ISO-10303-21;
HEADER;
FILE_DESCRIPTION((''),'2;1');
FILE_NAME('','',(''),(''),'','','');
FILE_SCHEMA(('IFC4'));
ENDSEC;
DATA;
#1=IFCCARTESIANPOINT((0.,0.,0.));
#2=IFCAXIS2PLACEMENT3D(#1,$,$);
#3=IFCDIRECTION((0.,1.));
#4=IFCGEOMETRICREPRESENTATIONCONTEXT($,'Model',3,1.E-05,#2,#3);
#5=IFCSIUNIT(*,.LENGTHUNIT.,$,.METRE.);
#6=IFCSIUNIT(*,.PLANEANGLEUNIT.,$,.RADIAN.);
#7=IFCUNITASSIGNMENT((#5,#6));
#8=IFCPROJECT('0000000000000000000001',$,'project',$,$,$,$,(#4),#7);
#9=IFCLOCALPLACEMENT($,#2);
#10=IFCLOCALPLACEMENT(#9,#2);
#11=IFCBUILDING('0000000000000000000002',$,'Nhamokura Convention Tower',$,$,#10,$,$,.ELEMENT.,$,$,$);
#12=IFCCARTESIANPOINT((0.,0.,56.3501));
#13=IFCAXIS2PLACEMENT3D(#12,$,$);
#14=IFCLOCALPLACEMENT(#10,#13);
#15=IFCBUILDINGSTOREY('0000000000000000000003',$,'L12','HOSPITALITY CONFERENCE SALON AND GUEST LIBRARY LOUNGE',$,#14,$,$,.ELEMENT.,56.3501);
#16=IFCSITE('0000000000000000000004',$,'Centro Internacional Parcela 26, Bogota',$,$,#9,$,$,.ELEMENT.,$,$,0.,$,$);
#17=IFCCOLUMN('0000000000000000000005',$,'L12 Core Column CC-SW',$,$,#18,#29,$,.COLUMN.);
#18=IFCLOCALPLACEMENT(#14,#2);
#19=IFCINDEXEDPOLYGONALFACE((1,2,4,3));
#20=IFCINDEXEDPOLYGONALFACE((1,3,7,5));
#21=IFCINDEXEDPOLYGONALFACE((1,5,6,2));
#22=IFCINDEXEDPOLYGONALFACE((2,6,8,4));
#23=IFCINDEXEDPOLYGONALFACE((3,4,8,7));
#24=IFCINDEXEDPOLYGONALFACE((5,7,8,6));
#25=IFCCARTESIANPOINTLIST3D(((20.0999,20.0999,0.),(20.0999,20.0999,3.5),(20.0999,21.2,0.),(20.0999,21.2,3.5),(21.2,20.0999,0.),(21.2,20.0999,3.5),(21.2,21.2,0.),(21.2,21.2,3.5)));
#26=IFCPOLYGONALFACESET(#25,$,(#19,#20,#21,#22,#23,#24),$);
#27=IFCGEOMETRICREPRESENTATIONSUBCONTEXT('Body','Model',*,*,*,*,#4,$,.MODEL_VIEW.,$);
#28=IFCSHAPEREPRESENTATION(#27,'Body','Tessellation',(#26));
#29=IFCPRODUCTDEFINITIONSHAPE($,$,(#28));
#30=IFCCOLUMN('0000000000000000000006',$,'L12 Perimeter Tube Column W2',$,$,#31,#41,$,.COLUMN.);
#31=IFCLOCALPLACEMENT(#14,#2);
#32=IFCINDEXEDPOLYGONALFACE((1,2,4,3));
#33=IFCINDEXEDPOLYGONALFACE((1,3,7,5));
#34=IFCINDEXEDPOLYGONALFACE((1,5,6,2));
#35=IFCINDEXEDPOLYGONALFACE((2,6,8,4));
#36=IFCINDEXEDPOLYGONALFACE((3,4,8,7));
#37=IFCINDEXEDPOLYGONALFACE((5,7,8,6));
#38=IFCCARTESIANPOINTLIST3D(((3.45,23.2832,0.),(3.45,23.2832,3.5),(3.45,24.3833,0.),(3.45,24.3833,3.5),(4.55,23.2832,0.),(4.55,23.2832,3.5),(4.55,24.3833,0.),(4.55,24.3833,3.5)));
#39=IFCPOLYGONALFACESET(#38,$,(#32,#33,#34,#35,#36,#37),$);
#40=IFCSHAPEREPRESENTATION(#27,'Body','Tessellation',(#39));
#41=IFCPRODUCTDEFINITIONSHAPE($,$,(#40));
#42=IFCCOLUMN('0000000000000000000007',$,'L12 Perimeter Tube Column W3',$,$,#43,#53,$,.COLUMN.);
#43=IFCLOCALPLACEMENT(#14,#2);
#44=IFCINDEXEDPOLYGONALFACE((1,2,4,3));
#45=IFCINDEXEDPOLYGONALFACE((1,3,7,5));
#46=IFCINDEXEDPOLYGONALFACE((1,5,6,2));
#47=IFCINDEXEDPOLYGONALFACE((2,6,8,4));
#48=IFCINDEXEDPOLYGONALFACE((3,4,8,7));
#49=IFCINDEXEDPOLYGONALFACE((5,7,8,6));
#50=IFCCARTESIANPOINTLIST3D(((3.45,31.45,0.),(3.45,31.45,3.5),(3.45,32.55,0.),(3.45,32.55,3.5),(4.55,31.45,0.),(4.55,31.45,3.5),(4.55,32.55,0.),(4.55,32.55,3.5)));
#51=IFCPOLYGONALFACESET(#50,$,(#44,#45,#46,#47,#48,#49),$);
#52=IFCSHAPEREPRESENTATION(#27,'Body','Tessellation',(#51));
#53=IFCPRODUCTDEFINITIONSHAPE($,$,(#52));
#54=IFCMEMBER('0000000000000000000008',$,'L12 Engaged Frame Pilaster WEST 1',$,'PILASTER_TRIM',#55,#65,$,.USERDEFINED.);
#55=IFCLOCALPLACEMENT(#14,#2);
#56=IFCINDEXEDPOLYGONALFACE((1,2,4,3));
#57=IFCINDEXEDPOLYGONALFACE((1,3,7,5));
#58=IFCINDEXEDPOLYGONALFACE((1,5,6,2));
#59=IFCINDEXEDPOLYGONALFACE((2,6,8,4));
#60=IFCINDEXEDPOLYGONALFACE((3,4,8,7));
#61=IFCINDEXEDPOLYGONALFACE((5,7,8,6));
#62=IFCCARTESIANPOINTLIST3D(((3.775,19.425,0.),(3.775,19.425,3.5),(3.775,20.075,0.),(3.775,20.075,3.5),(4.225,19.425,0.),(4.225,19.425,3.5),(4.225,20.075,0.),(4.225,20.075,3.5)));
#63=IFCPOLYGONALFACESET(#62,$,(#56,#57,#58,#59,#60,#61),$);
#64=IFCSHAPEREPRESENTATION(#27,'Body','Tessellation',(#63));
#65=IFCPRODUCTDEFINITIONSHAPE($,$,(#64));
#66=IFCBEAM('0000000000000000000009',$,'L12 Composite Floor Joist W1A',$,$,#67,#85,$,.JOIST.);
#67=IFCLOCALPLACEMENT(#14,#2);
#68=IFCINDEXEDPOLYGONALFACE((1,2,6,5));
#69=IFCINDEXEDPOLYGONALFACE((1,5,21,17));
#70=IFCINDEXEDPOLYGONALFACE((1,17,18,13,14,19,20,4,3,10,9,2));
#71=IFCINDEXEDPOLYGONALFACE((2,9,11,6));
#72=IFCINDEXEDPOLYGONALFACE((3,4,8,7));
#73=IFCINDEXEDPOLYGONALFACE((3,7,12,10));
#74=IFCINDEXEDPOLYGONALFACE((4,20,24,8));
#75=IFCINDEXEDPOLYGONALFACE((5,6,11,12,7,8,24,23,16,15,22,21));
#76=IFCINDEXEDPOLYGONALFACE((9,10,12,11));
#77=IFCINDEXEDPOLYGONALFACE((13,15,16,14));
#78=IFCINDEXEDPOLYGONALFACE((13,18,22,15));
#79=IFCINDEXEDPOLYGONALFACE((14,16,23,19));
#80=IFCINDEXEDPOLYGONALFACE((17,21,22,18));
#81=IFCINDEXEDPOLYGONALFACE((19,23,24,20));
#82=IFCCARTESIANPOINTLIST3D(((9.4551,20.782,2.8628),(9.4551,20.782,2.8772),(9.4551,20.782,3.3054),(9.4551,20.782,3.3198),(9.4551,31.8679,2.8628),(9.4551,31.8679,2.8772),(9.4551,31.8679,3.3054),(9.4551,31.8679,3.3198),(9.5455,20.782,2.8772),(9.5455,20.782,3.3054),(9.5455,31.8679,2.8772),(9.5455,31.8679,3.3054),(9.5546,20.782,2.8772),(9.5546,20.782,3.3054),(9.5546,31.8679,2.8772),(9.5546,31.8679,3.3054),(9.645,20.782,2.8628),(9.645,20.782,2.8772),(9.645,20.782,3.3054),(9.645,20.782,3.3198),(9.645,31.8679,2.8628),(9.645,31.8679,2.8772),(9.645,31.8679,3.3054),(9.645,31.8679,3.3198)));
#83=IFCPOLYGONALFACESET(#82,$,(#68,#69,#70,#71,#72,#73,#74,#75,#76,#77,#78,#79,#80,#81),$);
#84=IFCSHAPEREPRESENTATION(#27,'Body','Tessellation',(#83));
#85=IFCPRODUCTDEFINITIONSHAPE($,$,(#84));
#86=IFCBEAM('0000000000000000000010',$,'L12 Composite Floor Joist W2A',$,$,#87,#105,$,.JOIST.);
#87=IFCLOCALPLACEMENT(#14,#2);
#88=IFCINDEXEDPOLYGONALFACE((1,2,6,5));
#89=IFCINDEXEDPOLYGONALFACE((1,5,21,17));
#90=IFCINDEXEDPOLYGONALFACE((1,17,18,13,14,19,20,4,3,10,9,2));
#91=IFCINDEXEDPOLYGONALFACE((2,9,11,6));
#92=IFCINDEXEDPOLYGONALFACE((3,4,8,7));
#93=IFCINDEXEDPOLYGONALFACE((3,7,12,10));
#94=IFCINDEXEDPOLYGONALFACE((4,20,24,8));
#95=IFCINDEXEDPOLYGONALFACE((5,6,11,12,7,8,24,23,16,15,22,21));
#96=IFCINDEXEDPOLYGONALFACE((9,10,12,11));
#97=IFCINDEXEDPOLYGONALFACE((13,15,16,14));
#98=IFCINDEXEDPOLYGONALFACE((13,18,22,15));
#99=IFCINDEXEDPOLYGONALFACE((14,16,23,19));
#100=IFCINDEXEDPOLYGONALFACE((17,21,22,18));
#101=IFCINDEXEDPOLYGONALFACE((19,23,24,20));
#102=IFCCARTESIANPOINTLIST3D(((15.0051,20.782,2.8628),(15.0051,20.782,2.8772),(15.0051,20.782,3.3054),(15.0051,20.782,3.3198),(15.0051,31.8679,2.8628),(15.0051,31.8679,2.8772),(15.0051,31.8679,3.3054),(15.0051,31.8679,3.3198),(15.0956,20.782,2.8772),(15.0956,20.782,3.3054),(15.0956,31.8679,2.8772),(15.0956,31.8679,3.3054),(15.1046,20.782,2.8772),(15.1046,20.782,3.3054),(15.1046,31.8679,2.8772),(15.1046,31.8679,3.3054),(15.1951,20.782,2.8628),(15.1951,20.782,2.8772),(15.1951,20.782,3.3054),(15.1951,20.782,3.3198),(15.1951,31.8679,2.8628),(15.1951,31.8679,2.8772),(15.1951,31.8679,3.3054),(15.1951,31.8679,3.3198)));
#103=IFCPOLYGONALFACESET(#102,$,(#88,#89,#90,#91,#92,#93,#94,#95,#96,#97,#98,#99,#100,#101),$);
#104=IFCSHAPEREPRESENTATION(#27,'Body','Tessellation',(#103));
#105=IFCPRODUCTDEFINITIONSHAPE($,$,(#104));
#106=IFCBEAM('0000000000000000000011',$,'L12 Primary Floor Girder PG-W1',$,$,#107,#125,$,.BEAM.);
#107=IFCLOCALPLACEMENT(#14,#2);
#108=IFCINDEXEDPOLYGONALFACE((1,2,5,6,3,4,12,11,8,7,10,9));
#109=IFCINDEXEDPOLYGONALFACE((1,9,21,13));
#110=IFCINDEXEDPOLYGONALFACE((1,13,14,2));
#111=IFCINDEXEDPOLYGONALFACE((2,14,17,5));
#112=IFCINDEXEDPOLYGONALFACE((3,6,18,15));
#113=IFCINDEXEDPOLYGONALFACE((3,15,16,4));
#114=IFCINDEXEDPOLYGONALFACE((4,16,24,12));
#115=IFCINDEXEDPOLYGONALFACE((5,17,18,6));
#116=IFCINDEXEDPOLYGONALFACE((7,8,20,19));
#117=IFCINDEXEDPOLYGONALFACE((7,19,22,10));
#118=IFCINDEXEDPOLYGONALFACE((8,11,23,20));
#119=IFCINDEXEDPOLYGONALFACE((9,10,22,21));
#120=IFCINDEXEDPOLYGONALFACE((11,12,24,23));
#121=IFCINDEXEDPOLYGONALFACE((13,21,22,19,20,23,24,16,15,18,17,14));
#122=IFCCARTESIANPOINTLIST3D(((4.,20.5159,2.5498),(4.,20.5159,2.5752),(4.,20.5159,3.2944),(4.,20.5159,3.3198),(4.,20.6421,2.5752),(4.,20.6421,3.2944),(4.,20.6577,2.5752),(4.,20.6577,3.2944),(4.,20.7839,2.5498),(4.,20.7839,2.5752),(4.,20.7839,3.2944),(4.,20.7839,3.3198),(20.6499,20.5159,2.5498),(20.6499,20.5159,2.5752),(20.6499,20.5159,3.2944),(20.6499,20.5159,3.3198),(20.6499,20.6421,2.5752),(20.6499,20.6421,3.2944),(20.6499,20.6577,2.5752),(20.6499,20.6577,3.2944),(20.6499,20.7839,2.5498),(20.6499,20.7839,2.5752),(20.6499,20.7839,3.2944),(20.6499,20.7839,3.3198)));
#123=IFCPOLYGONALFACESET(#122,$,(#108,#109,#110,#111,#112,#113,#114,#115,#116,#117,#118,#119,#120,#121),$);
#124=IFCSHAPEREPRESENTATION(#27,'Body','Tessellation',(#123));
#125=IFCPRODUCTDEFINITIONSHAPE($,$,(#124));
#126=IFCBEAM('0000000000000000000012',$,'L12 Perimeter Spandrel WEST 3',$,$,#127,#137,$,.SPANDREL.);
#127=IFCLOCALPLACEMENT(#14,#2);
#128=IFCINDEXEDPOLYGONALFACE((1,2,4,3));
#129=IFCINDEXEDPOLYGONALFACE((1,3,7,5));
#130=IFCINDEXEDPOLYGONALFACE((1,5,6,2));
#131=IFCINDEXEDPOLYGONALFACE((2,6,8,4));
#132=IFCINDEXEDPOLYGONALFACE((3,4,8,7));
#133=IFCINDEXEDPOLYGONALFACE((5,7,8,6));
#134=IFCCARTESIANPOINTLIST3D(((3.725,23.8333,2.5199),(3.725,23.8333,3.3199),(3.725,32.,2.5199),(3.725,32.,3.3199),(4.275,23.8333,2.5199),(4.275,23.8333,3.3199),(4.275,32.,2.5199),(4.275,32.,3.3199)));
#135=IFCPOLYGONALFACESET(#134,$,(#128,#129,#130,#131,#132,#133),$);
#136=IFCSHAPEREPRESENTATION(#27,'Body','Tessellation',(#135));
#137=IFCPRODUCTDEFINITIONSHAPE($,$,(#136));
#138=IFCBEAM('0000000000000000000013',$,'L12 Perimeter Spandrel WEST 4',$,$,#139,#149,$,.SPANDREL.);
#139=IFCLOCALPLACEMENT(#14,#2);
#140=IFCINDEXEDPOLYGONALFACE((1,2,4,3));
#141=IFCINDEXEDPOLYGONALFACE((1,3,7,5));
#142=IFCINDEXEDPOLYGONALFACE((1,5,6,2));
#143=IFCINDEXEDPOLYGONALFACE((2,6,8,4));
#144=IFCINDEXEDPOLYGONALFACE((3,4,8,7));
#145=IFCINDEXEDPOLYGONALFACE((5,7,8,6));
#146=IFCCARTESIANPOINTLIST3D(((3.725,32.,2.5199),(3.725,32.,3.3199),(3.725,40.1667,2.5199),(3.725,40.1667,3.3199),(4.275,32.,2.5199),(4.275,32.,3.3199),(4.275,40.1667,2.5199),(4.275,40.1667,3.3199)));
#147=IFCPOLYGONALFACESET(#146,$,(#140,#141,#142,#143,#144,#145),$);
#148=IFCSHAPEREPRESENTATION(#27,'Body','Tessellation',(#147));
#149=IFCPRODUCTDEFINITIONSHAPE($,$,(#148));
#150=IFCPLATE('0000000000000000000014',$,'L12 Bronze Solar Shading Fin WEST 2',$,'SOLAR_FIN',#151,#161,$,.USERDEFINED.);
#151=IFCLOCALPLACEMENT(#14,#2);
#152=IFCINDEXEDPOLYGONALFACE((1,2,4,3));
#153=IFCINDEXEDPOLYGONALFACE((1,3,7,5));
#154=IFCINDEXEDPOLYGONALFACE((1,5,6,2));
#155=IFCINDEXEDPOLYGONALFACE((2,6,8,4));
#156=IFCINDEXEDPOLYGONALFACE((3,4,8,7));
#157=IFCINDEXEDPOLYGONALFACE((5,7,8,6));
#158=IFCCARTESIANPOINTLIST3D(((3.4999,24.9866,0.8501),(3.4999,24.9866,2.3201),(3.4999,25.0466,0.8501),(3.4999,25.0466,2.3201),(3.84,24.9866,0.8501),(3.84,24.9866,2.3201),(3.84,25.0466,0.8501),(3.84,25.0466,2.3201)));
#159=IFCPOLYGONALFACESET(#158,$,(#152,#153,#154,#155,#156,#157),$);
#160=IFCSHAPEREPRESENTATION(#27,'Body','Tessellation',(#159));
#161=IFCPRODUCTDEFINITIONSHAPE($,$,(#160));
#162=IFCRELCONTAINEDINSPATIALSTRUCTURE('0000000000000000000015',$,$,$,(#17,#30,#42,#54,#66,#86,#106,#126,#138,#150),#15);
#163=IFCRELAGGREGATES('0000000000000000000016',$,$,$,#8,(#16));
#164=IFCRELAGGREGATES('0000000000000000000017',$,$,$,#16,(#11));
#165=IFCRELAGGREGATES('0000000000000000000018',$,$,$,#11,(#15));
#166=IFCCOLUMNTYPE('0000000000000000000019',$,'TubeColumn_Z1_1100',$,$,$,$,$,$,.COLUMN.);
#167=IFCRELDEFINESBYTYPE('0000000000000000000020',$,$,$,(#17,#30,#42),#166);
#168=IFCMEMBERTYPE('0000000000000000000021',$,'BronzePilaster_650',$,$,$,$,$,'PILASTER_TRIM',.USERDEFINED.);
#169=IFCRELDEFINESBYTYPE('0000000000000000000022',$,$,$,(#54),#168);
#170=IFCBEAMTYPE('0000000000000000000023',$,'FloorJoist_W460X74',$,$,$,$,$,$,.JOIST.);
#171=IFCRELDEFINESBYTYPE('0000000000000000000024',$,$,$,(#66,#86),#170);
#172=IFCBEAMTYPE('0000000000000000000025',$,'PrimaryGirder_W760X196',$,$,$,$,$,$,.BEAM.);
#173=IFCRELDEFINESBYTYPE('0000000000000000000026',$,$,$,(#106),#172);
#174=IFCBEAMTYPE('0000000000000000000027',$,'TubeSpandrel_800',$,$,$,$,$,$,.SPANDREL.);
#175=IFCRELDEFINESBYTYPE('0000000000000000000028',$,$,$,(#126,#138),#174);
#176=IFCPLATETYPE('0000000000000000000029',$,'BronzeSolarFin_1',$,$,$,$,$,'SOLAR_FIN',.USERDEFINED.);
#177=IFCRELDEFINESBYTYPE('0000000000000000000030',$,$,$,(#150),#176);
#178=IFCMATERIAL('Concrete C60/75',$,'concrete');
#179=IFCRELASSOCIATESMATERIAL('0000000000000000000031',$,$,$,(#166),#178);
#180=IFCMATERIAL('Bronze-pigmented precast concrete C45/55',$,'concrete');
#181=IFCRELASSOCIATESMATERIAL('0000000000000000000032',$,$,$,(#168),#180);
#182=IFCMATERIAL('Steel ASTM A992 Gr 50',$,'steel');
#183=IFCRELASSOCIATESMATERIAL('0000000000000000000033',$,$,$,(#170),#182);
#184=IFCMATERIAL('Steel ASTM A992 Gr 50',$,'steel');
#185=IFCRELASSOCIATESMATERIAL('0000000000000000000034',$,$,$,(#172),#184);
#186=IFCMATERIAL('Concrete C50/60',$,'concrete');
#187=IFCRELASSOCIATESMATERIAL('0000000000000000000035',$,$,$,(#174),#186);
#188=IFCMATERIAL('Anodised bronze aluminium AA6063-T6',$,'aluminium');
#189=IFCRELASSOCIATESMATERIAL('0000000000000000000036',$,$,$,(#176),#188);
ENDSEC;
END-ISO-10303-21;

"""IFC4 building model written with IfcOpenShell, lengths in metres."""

from ifc_helpers import new_model, si_unit, direction, frame, origin, origin_2d, place, context, subcontext, project, spatial, rectangle, i_section, extrude, material, material_profile, profile_set, type_object, element, save


model = new_model("IFC4")

# Units and contexts
model_context = context("Model", 3, precision=1e-05, world=origin(), true_north=direction((0.0, 1.0)))
body_context = subcontext(model_context, "Body", "Model", "MODEL_VIEW")
ifc_project = project(units=[si_unit("LENGTHUNIT", "METRE"), si_unit("PLANEANGLEUNIT", "RADIAN")], contexts=[model_context])

# Site, building, storey
site_placement = place(None, origin())
site = spatial("IfcSite", under=ifc_project, at=site_placement, Name="Centro Internacional Parcela 26, Bogota", CompositionType="ELEMENT", RefElevation=0.0)
building_placement = place(site_placement, origin())
building = spatial("IfcBuilding", under=site, at=building_placement, Name="Nhamokura Convention Tower", CompositionType="ELEMENT")
storey_placement = place(building_placement, frame((0.0, 0.0, 56.3501)))
storey = spatial("IfcBuildingStorey", under=building, at=storey_placement, Name="L12", Description="HOSPITALITY CONFERENCE SALON AND GUEST LIBRARY LOUNGE", CompositionType="ELEMENT", Elevation=56.3501)

# Columns
ifc_material_1 = material(Name="Concrete C60/75", Category="concrete")
ifc_material_profile_1 = material_profile(ifc_material_1, rectangle(XDim=1.1001, YDim=1.1001, at=origin_2d()))
ifc_profile_set_1 = profile_set([ifc_material_profile_1], Name="Concrete C60/75")
column_type = type_object("IfcColumnType", Name="TubeColumn_Z1_1100", PredefinedType="COLUMN", material=ifc_profile_set_1)
for number, where, z_axis, x_axis, name in (
    (1, (20.6499, 20.6499, 0.0), (0.0, 0.0, 1.0), (1.0, 0.0, 0.0), "L12 Core Column CC-SW"),
    (2, (4.0, 23.8333, 0.0), (0.0, 0.0, 1.0), (1.0, 0.0, 0.0), "L12 Perimeter Tube Column W2"),
    (3, (4.0, 32.0, 0.0), (0.0, 0.0, 1.0), (1.0, 0.0, 0.0), "L12 Perimeter Tube Column W3"),
):
    element("IfcColumn", number, at=place(storey_placement, frame(where, z_axis=z_axis, x_axis=x_axis)), inside=storey, type_object=column_type, Name=name, PredefinedType="COLUMN", context=body_context, shape_type="SweptSolid", body=[
        extrude(rectangle(XDim=1.1001, YDim=1.1001, at=origin_2d()), origin(), (0.0, 0.0, 1.0), 3.5),
    ])

# Member
ifc_material_2 = material(Name="Bronze-pigmented precast concrete C45/55", Category="concrete")
ifc_material_profile_2 = material_profile(ifc_material_2, rectangle(XDim=0.45, YDim=0.6499, at=origin_2d()))
ifc_profile_set_2 = profile_set([ifc_material_profile_2], Name="Bronze-pigmented precast concrete C45/55")
member_type = type_object("IfcMemberType", Name="BronzePilaster_650", ElementType="PILASTER_TRIM", PredefinedType="USERDEFINED", material=ifc_profile_set_2)
member_placement = place(storey_placement, frame((4.0, 19.75, 0.0), z_axis=(0.0, 0.0, 1.0), x_axis=(1.0, 0.0, 0.0)))
element("IfcMember", 4, at=member_placement, inside=storey, type_object=member_type, Name="L12 Engaged Frame Pilaster WEST 1", ObjectType="PILASTER_TRIM", PredefinedType="USERDEFINED", context=body_context, shape_type="SweptSolid", body=[
    extrude(rectangle(XDim=0.45, YDim=0.6499, at=origin_2d()), origin(), (0.0, 0.0, 1.0), 3.5),
])

# Beams
ifc_material_3 = material(Name="Steel ASTM A992 Gr 50", Category="steel")
ifc_material_profile_3 = material_profile(ifc_material_3, i_section(OverallWidth=0.1899, OverallDepth=0.457, WebThickness=0.009, FlangeThickness=0.0144, at=origin_2d()))
ifc_profile_set_3 = profile_set([ifc_material_profile_3], Name="Steel ASTM A992 Gr 50")
beam_type_1 = type_object("IfcBeamType", Name="FloorJoist_W460X74", PredefinedType="JOIST", material=ifc_profile_set_3)
for number, where, z_axis, x_axis, name in (
    (5, (9.55, 20.782, 3.0913), (0.0, 1.0, 0.0), (-1.0, 0.0, 0.0), "L12 Composite Floor Joist W1A"),
    (6, (15.1001, 20.782, 3.0913), (0.0, 1.0, 0.0), (-1.0, 0.0, 0.0), "L12 Composite Floor Joist W2A"),
):
    element("IfcBeam", number, at=place(storey_placement, frame(where, z_axis=z_axis, x_axis=x_axis)), inside=storey, type_object=beam_type_1, Name=name, PredefinedType="JOIST", context=body_context, shape_type="SweptSolid", body=[
        extrude(i_section(OverallWidth=0.1899, OverallDepth=0.457, WebThickness=0.009, FlangeThickness=0.0144, at=origin_2d()), origin(), (0.0, 0.0, 1.0), 11.0859),
    ])
ifc_material_4 = material(Name="Steel ASTM A992 Gr 50", Category="steel")
ifc_material_profile_4 = material_profile(ifc_material_4, i_section(OverallWidth=0.2681, OverallDepth=0.77, WebThickness=0.0156, FlangeThickness=0.0254, at=origin_2d()))
ifc_profile_set_4 = profile_set([ifc_material_profile_4], Name="Steel ASTM A992 Gr 50")
beam_type_2 = type_object("IfcBeamType", Name="PrimaryGirder_W760X196", PredefinedType="BEAM", material=ifc_profile_set_4)
beam_placement = place(storey_placement, frame((4.0, 20.6499, 2.9348), z_axis=(1.0, 0.0, 0.0), x_axis=(0.0, 1.0, 0.0)))
element("IfcBeam", 7, at=beam_placement, inside=storey, type_object=beam_type_2, Name="L12 Primary Floor Girder PG-W1", PredefinedType="BEAM", context=body_context, shape_type="SweptSolid", body=[
    extrude(i_section(OverallWidth=0.2681, OverallDepth=0.77, WebThickness=0.0156, FlangeThickness=0.0254, at=origin_2d()), origin(), (0.0, 0.0, 1.0), 16.6499),
])
ifc_material_5 = material(Name="Concrete C50/60", Category="concrete")
ifc_material_profile_5 = material_profile(ifc_material_5, rectangle(XDim=0.55, YDim=0.8, at=origin_2d()))
ifc_profile_set_5 = profile_set([ifc_material_profile_5], Name="Concrete C50/60")
beam_type_3 = type_object("IfcBeamType", Name="TubeSpandrel_800", PredefinedType="SPANDREL", material=ifc_profile_set_5)
for number, where, z_axis, x_axis, name in (
    (8, (4.0, 23.8333, 2.9199), (0.0, 1.0, 0.0), (-1.0, 0.0, 0.0), "L12 Perimeter Spandrel WEST 3"),
    (9, (4.0, 32.0, 2.9199), (0.0, 1.0, 0.0), (-1.0, 0.0, 0.0), "L12 Perimeter Spandrel WEST 4"),
):
    element("IfcBeam", number, at=place(storey_placement, frame(where, z_axis=z_axis, x_axis=x_axis)), inside=storey, type_object=beam_type_3, Name=name, PredefinedType="SPANDREL", context=body_context, shape_type="SweptSolid", body=[
        extrude(rectangle(XDim=0.55, YDim=0.8, at=origin_2d()), origin(), (0.0, 0.0, 1.0), 8.1667),
    ])

# Plate
ifc_material_6 = material(Name="Anodised bronze aluminium AA6063-T6", Category="aluminium")
plate_type = type_object("IfcPlateType", Name="BronzeSolarFin_1", ElementType="SOLAR_FIN", PredefinedType="USERDEFINED", material=ifc_material_6)
plate_placement = place(storey_placement, frame((3.6699, 25.0166, 0.8501), z_axis=(0.0, 0.0, 1.0), x_axis=(1.0, 0.0, 0.0)))
element("IfcPlate", 10, at=plate_placement, inside=storey, type_object=plate_type, Name="L12 Bronze Solar Shading Fin WEST 2", ObjectType="SOLAR_FIN", PredefinedType="USERDEFINED", context=body_context, shape_type="SweptSolid", body=[
    extrude(rectangle(XDim=0.3401, YDim=0.0601, at=origin_2d()), origin(), (0.0, 0.0, 1.0), 1.47),
])

save(model, "model.ifc")
